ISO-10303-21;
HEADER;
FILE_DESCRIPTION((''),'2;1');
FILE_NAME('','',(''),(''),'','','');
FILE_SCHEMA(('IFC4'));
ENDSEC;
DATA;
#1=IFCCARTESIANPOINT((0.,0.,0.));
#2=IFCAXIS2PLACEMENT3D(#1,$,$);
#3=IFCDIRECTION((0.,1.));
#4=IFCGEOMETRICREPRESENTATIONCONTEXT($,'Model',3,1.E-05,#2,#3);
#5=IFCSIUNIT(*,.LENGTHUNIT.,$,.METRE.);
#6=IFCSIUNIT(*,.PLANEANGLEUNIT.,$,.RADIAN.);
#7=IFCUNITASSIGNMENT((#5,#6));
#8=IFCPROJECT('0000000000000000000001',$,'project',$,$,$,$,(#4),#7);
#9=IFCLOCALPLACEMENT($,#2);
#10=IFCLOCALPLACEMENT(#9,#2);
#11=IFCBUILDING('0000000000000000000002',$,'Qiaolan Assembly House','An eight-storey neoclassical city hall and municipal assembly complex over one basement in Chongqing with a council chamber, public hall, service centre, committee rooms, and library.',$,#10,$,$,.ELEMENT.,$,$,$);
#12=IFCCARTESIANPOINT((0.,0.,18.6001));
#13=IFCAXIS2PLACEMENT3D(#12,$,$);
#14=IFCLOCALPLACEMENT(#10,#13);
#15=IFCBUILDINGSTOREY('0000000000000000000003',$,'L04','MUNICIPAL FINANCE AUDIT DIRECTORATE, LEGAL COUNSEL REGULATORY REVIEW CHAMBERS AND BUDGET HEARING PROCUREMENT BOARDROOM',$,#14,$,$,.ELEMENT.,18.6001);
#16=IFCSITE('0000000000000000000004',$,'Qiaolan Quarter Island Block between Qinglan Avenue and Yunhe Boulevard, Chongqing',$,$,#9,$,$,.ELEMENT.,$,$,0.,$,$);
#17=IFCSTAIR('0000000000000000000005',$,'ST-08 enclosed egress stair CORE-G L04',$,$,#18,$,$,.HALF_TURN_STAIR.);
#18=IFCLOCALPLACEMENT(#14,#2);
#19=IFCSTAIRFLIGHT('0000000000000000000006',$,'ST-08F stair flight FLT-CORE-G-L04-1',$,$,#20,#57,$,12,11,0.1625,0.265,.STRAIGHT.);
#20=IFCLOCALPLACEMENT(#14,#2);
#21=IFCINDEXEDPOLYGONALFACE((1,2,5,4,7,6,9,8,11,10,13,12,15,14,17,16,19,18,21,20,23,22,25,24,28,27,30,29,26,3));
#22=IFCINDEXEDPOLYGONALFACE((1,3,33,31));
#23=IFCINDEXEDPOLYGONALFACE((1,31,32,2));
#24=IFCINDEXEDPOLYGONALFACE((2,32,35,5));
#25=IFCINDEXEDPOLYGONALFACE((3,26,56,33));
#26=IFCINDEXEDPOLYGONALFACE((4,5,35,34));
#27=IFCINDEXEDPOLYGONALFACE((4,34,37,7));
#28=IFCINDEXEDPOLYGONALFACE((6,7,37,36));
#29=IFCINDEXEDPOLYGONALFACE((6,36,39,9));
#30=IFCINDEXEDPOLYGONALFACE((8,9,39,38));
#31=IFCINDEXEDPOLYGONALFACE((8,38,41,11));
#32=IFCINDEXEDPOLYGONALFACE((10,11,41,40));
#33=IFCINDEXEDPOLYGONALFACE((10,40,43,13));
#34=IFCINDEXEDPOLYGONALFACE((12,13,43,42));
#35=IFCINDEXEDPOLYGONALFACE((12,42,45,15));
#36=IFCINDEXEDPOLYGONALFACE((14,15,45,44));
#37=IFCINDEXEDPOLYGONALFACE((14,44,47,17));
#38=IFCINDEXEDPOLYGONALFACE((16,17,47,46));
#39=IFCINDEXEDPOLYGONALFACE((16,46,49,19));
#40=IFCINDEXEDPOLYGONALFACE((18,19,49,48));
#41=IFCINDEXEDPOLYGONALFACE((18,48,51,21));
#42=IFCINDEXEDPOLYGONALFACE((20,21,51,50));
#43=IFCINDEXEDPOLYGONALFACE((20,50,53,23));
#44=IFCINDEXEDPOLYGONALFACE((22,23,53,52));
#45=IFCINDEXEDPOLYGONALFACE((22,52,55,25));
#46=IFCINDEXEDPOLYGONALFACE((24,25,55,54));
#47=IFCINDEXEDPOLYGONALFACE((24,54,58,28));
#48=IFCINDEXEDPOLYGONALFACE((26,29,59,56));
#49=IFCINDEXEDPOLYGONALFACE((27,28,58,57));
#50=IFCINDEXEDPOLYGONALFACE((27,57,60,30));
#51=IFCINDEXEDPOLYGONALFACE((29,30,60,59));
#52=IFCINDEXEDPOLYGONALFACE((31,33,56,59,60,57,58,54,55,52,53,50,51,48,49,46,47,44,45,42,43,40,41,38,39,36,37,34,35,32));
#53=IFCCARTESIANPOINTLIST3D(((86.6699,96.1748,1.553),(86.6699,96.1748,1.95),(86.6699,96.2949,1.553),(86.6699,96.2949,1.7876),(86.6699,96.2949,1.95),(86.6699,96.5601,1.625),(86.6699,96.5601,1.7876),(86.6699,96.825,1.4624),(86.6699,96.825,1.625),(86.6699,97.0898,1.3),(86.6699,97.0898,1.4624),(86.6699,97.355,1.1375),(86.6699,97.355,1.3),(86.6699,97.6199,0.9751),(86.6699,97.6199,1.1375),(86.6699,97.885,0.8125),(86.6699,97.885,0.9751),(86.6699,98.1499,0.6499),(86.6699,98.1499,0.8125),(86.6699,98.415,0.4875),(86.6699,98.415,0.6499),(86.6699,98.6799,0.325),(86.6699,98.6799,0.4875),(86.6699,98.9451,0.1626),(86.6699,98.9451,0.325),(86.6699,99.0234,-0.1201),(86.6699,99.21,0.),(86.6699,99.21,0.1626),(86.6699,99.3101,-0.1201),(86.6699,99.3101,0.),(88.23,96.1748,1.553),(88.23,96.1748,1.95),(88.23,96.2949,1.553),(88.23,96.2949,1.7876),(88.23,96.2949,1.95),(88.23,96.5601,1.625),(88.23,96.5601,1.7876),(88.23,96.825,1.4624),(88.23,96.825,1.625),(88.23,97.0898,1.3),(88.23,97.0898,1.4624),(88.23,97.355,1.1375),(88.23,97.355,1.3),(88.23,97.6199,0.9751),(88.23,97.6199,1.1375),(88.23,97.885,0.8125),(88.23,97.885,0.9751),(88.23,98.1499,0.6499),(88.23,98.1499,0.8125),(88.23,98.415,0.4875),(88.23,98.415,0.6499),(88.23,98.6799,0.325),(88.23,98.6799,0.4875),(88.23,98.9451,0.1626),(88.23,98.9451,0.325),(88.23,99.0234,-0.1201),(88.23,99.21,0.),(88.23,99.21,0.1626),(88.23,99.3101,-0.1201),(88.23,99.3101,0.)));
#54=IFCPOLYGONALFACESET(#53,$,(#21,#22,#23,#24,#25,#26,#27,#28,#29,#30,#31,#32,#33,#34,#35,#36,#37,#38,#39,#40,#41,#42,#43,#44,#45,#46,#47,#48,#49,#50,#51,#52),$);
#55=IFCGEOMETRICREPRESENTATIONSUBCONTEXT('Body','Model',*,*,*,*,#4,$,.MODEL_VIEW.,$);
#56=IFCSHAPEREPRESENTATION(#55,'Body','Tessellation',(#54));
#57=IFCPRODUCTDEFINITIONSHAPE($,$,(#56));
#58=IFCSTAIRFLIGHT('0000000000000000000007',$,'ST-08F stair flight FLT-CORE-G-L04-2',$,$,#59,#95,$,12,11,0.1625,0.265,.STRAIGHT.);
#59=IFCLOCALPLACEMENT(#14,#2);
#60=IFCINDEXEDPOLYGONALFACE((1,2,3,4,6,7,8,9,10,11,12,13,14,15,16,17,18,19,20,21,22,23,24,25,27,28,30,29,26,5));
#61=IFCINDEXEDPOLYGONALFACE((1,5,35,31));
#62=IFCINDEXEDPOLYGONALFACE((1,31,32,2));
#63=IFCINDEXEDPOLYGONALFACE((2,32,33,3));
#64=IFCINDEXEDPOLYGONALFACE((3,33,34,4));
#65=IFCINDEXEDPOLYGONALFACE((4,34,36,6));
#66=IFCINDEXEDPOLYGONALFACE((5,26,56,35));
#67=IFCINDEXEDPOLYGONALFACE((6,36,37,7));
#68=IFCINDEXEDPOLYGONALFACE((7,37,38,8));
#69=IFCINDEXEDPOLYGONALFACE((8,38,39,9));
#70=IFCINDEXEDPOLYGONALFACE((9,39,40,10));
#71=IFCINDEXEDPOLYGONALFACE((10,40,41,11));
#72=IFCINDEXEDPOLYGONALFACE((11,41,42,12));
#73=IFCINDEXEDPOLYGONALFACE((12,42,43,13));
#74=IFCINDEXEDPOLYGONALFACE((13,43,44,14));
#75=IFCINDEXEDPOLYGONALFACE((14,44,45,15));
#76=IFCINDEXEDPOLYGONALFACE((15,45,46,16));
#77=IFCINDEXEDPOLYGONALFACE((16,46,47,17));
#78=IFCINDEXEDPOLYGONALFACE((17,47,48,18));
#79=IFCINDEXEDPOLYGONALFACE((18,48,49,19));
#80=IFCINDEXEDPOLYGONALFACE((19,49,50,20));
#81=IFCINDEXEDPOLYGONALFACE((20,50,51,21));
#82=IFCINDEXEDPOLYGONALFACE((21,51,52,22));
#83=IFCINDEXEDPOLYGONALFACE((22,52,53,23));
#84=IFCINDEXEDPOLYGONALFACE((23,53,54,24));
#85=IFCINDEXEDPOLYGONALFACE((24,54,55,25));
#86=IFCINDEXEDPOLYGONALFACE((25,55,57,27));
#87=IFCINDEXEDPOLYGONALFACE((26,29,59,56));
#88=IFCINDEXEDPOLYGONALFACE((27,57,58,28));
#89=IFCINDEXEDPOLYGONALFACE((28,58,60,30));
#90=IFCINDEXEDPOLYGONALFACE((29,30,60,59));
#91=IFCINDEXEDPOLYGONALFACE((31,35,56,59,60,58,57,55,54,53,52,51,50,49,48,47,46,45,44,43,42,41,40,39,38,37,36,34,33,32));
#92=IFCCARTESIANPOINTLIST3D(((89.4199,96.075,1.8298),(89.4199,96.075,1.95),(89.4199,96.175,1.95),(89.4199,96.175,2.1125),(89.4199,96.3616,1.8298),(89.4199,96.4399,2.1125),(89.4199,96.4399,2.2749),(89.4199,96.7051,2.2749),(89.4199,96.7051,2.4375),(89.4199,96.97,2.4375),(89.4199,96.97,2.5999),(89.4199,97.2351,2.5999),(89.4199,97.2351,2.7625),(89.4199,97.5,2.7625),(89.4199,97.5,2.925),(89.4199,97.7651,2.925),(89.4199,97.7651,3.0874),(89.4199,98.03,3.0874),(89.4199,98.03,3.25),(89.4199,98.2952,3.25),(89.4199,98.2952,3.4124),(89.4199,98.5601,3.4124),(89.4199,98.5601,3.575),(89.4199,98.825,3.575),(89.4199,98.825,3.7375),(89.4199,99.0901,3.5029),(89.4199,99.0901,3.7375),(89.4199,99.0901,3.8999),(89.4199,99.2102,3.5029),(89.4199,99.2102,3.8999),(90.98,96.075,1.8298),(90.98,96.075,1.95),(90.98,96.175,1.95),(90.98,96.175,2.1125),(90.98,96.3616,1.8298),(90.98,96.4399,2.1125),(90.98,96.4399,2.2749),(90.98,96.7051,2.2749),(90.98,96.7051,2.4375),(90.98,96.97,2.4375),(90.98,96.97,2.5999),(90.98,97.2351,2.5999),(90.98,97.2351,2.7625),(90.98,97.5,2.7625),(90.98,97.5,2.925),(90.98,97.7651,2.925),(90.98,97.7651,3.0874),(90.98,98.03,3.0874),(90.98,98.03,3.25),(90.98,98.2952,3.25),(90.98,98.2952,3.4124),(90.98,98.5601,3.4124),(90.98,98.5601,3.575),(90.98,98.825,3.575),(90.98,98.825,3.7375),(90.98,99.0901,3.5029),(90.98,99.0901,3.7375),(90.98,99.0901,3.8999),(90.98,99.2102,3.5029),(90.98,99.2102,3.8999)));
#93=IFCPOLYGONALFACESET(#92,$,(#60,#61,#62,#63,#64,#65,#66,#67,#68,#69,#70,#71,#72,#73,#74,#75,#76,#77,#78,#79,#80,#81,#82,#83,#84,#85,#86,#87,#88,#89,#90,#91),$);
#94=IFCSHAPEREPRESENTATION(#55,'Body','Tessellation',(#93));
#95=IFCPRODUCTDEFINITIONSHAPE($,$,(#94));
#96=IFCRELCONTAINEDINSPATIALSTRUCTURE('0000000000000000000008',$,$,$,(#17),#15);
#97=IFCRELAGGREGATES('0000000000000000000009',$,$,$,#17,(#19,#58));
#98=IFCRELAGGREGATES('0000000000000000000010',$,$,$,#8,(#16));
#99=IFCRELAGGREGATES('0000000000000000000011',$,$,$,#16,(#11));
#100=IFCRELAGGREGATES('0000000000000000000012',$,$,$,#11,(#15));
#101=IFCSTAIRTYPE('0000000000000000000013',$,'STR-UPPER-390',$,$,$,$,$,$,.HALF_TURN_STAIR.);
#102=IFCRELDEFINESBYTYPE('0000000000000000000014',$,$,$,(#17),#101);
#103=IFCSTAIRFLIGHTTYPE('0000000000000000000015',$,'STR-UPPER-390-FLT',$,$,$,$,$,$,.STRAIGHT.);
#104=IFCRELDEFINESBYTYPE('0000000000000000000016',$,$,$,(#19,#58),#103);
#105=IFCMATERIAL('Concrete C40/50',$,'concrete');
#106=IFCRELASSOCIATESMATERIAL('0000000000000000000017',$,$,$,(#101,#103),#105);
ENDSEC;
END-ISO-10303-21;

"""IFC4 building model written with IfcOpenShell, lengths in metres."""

from ifc_helpers import new_model, si_unit, direction, frame, origin, place, context, subcontext, project, spatial, polyline, outline, extrude, material, type_object, element, aggregate, save


model = new_model("IFC4")

# Units and contexts
model_context = context("Model", 3, precision=1e-05, world=origin(), true_north=direction((0.0, 1.0)))
body_context = subcontext(model_context, "Body", "Model", "MODEL_VIEW")
ifc_project = project(units=[si_unit("LENGTHUNIT", "METRE"), si_unit("PLANEANGLEUNIT", "RADIAN")], contexts=[model_context])

# Site, building, storey
site_placement = place(None, origin())
site = spatial("IfcSite", under=ifc_project, at=site_placement, Name="Qiaolan Quarter Island Block between Qinglan Avenue and Yunhe Boulevard, Chongqing", CompositionType="ELEMENT", RefElevation=0.0)
building_placement = place(site_placement, origin())
building = spatial("IfcBuilding", under=site, at=building_placement, Name="Qiaolan Assembly House", Description="An eight-storey neoclassical city hall and municipal assembly complex over one basement in Chongqing with a council chamber, public hall, service centre, committee rooms, and library.", CompositionType="ELEMENT")
storey_placement = place(building_placement, frame((0.0, 0.0, 18.6001)))
storey = spatial("IfcBuildingStorey", under=building, at=storey_placement, Name="L04", Description="MUNICIPAL FINANCE AUDIT DIRECTORATE, LEGAL COUNSEL REGULATORY REVIEW CHAMBERS AND BUDGET HEARING PROCUREMENT BOARDROOM", CompositionType="ELEMENT", Elevation=18.6001)

# Shared definitions
ifc_material_1 = material(Name="Concrete C40/50", Category="concrete")

# Stair, stair flights
stair_type = type_object("IfcStairType", Name="STR-UPPER-390", PredefinedType="HALF_TURN_STAIR", material=ifc_material_1)
stair_placement = place(storey_placement, origin())
stair = element("IfcStair", 1, at=stair_placement, inside=storey, type_object=stair_type, Name="ST-08 enclosed egress stair CORE-G L04", PredefinedType="HALF_TURN_STAIR")
stair_flight_type = type_object("IfcStairFlightType", Name="STR-UPPER-390-FLT", PredefinedType="STRAIGHT", material=ifc_material_1)
stair_flight_1_placement = place(storey_placement, frame((87.45, 99.21, 0.0), z_axis=(0.0, 0.0, 1.0), x_axis=(0.0, -1.0, 0.0)))
stair_flight_1 = element("IfcStairFlight", 2, at=stair_flight_1_placement, type_object=stair_flight_type, Name="ST-08F stair flight FLT-CORE-G-L04-1", NumberOfRisers=12, NumberOfTreads=11, PredefinedType="STRAIGHT", RiserHeight=0.1625, TreadLength=0.265, context=body_context, shape_type="SweptSolid", body=[
    extrude(outline(polyline([(-0.1001, -0.1201), (-0.1001, 0.0), (0.0, 0.0), (0.0, 0.1626), (0.2649, 0.1626), (0.2649, 0.325), (0.53, 0.325), (0.53, 0.4875), (0.7949, 0.4875), (0.7949, 0.6499), (1.0601, 0.6499), (1.0601, 0.8125), (1.325, 0.8125), (1.325, 0.9751), (1.5901, 0.9751), (1.5901, 1.1375), (1.855, 1.1375), (1.855, 1.3), (2.1201, 1.3), (2.1201, 1.4624), (2.385, 1.4624), (2.385, 1.625), (2.6499, 1.625), (2.6499, 1.7876), (2.915, 1.7876), (2.915, 1.95), (3.0352, 1.95), (3.0352, 1.553), (2.915, 1.553), (0.1865, -0.1201), (-0.1001, -0.1201)])), frame((0.0, 0.78, 0.0), z_axis=(0.0, -1.0, 0.0), x_axis=(1.0, 0.0, 0.0)), (0.0, 0.0, 1.0), 1.5601),
])
stair_flight_2_placement = place(storey_placement, frame((90.2, 96.175, 1.95), z_axis=(0.0, 0.0, 1.0), x_axis=(0.0, 1.0, 0.0)))
stair_flight_2 = element("IfcStairFlight", 3, at=stair_flight_2_placement, type_object=stair_flight_type, Name="ST-08F stair flight FLT-CORE-G-L04-2", NumberOfRisers=12, NumberOfTreads=11, PredefinedType="STRAIGHT", RiserHeight=0.1625, TreadLength=0.265, context=body_context, shape_type="SweptSolid", body=[
    extrude(outline(polyline([(-0.1001, -0.1201), (-0.1001, 0.0), (0.0, 0.0), (0.0, 0.1626), (0.2649, 0.1626), (0.2649, 0.325), (0.53, 0.325), (0.53, 0.4875), (0.7949, 0.4875), (0.7949, 0.6499), (1.0601, 0.6499), (1.0601, 0.8125), (1.325, 0.8125), (1.325, 0.9751), (1.5901, 0.9751), (1.5901, 1.1375), (1.855, 1.1375), (1.855, 1.3), (2.1201, 1.3), (2.1201, 1.4624), (2.385, 1.4624), (2.385, 1.625), (2.6499, 1.625), (2.6499, 1.7876), (2.915, 1.7876), (2.915, 1.95), (3.0352, 1.95), (3.0352, 1.553), (2.915, 1.553), (0.1865, -0.1201), (-0.1001, -0.1201)])), frame((0.0, 0.78, 0.0), z_axis=(0.0, -1.0, 0.0), x_axis=(1.0, 0.0, 0.0)), (0.0, 0.0, 1.0), 1.5601),
])
aggregate(stair, [stair_flight_1, stair_flight_2])

save(model, "model.ifc")
